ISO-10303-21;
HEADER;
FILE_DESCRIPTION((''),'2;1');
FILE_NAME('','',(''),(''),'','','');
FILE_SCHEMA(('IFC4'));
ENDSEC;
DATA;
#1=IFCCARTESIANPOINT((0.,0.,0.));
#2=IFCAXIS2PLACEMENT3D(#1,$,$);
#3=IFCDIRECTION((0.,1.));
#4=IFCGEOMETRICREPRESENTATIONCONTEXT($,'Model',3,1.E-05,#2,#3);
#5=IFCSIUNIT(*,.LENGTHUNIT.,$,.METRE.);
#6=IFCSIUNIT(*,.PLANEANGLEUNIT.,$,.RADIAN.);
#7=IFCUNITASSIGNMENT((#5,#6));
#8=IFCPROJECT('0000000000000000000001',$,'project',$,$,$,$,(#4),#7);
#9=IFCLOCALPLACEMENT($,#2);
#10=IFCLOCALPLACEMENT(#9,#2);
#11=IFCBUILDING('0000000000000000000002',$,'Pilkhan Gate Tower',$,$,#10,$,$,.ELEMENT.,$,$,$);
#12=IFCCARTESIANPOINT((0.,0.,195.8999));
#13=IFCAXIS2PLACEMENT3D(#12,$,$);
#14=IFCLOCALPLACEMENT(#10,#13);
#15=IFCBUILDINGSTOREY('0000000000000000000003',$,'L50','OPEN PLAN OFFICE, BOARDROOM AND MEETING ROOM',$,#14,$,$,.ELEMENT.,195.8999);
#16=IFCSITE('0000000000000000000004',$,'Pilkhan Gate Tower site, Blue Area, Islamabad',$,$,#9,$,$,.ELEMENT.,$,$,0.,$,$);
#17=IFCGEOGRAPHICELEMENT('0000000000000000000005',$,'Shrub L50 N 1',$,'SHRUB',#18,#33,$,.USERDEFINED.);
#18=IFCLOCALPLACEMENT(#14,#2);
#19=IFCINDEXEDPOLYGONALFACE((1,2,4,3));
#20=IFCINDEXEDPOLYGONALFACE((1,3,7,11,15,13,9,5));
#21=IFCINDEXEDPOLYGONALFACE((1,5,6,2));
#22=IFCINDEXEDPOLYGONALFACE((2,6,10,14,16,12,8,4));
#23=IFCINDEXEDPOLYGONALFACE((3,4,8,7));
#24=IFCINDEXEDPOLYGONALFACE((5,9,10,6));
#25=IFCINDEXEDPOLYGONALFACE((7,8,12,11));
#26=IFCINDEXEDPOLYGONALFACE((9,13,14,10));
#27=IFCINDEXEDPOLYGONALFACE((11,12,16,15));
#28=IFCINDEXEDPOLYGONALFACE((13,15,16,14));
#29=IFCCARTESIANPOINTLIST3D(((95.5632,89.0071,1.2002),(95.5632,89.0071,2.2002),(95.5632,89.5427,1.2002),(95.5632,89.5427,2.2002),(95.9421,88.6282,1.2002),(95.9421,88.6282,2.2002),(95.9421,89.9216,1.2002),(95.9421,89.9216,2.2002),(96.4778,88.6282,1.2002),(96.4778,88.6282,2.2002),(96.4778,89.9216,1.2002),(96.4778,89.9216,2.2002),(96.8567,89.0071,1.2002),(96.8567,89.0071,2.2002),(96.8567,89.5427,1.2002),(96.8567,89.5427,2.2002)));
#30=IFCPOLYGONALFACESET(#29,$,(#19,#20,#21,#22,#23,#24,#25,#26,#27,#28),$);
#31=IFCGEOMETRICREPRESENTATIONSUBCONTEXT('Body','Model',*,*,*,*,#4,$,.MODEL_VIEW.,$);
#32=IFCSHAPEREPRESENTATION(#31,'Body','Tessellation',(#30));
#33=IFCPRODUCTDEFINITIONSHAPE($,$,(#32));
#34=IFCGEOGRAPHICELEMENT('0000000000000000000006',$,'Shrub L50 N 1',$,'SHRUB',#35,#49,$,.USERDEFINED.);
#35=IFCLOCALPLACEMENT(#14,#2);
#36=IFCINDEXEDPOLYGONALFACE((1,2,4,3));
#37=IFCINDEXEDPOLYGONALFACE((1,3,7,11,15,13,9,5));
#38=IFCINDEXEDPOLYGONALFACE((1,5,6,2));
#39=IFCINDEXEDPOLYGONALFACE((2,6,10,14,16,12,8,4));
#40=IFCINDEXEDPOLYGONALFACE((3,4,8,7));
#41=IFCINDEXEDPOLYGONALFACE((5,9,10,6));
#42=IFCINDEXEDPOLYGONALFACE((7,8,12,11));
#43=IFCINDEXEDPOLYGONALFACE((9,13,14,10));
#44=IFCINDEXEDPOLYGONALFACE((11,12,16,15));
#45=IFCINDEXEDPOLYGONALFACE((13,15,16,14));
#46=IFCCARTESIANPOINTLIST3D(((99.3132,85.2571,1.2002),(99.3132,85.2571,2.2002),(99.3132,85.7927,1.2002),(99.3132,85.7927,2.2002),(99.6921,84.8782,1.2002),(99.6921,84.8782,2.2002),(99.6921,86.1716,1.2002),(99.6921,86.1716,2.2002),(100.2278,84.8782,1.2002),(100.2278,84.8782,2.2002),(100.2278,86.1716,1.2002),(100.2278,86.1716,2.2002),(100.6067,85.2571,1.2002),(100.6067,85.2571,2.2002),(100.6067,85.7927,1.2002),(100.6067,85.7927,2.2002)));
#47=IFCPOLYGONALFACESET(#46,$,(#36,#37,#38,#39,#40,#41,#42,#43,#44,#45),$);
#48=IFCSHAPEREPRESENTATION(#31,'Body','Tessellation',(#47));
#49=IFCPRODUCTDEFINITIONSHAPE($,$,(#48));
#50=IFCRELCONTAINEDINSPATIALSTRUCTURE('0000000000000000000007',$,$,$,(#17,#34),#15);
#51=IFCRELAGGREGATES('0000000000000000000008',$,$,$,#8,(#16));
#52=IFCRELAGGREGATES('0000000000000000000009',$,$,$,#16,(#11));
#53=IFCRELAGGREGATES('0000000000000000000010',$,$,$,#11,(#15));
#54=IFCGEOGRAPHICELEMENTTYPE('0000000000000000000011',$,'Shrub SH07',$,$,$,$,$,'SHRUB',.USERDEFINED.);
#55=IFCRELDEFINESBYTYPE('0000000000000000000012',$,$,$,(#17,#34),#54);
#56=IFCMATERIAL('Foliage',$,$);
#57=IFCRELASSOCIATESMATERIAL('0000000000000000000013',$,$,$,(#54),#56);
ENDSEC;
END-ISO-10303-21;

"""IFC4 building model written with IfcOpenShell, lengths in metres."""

from ifc_helpers import new_model, si_unit, direction, frame, origin, place, context, subcontext, project, spatial, polyline, outline, extrude, material, material_profile, profile_set, type_object, element, save


model = new_model("IFC4")

# Units and contexts
model_context = context("Model", 3, precision=1e-05, world=origin(), true_north=direction((0.0, 1.0)))
body_context = subcontext(model_context, "Body", "Model", "MODEL_VIEW")
ifc_project = project(units=[si_unit("LENGTHUNIT", "METRE"), si_unit("PLANEANGLEUNIT", "RADIAN")], contexts=[model_context])

# Site, building, storey
site_placement = place(None, origin())
site = spatial("IfcSite", under=ifc_project, at=site_placement, Name="Pilkhan Gate Tower site, Blue Area, Islamabad", CompositionType="ELEMENT", RefElevation=0.0)
building_placement = place(site_placement, origin())
building = spatial("IfcBuilding", under=site, at=building_placement, Name="Pilkhan Gate Tower", CompositionType="ELEMENT")
storey_placement = place(building_placement, frame((0.0, 0.0, 195.8999)))
storey = spatial("IfcBuildingStorey", under=building, at=storey_placement, Name="L50", Description="OPEN PLAN OFFICE, BOARDROOM AND MEETING ROOM", CompositionType="ELEMENT", Elevation=195.8999)

# Geographic elements
ifc_material_1 = material(Name="Foliage")
ifc_material_profile_1 = material_profile(ifc_material_1, outline(polyline([(0.6467, 0.2678), (0.2678, 0.6467), (-0.2678, 0.6467), (-0.6467, 0.2678), (-0.6467, -0.2678), (-0.2678, -0.6467), (0.2678, -0.6467), (0.6467, -0.2678), (0.6467, 0.2678)])), Name="Shrub D1.4")
ifc_profile_set_1 = profile_set([ifc_material_profile_1], Name="Foliage")
geographic_element_type_1 = type_object("IfcGeographicElementType", Name="Shrub SH07", ElementType="SHRUB", PredefinedType="USERDEFINED", material=ifc_profile_set_1)
for number, where, z_axis, x_axis, name in (
    (1, (96.21, 89.2749, 1.2002), (0.0, 0.0, 1.0), (1.0, 0.0, 0.0), "Shrub L50 N 1"),
    (2, (99.96, 85.5249, 1.2002), (0.0, 0.0, 1.0), (1.0, 0.0, 0.0), "Shrub L50 N 1"),
):
    element("IfcGeographicElement", number, at=place(storey_placement, frame(where, z_axis=z_axis, x_axis=x_axis)), inside=storey, type_object=geographic_element_type_1, Name=name, ObjectType="SHRUB", PredefinedType="USERDEFINED", context=body_context, shape_type="SweptSolid", body=[
        extrude(outline(polyline([(0.6467, 0.2678), (0.2678, 0.6467), (-0.2678, 0.6467), (-0.6467, 0.2678), (-0.6467, -0.2678), (-0.2678, -0.6467), (0.2678, -0.6467), (0.6467, -0.2678), (0.6467, 0.2678)])), origin(), (0.0, 0.0, 1.0), 1.0),
    ])

save(model, "model.ifc")
